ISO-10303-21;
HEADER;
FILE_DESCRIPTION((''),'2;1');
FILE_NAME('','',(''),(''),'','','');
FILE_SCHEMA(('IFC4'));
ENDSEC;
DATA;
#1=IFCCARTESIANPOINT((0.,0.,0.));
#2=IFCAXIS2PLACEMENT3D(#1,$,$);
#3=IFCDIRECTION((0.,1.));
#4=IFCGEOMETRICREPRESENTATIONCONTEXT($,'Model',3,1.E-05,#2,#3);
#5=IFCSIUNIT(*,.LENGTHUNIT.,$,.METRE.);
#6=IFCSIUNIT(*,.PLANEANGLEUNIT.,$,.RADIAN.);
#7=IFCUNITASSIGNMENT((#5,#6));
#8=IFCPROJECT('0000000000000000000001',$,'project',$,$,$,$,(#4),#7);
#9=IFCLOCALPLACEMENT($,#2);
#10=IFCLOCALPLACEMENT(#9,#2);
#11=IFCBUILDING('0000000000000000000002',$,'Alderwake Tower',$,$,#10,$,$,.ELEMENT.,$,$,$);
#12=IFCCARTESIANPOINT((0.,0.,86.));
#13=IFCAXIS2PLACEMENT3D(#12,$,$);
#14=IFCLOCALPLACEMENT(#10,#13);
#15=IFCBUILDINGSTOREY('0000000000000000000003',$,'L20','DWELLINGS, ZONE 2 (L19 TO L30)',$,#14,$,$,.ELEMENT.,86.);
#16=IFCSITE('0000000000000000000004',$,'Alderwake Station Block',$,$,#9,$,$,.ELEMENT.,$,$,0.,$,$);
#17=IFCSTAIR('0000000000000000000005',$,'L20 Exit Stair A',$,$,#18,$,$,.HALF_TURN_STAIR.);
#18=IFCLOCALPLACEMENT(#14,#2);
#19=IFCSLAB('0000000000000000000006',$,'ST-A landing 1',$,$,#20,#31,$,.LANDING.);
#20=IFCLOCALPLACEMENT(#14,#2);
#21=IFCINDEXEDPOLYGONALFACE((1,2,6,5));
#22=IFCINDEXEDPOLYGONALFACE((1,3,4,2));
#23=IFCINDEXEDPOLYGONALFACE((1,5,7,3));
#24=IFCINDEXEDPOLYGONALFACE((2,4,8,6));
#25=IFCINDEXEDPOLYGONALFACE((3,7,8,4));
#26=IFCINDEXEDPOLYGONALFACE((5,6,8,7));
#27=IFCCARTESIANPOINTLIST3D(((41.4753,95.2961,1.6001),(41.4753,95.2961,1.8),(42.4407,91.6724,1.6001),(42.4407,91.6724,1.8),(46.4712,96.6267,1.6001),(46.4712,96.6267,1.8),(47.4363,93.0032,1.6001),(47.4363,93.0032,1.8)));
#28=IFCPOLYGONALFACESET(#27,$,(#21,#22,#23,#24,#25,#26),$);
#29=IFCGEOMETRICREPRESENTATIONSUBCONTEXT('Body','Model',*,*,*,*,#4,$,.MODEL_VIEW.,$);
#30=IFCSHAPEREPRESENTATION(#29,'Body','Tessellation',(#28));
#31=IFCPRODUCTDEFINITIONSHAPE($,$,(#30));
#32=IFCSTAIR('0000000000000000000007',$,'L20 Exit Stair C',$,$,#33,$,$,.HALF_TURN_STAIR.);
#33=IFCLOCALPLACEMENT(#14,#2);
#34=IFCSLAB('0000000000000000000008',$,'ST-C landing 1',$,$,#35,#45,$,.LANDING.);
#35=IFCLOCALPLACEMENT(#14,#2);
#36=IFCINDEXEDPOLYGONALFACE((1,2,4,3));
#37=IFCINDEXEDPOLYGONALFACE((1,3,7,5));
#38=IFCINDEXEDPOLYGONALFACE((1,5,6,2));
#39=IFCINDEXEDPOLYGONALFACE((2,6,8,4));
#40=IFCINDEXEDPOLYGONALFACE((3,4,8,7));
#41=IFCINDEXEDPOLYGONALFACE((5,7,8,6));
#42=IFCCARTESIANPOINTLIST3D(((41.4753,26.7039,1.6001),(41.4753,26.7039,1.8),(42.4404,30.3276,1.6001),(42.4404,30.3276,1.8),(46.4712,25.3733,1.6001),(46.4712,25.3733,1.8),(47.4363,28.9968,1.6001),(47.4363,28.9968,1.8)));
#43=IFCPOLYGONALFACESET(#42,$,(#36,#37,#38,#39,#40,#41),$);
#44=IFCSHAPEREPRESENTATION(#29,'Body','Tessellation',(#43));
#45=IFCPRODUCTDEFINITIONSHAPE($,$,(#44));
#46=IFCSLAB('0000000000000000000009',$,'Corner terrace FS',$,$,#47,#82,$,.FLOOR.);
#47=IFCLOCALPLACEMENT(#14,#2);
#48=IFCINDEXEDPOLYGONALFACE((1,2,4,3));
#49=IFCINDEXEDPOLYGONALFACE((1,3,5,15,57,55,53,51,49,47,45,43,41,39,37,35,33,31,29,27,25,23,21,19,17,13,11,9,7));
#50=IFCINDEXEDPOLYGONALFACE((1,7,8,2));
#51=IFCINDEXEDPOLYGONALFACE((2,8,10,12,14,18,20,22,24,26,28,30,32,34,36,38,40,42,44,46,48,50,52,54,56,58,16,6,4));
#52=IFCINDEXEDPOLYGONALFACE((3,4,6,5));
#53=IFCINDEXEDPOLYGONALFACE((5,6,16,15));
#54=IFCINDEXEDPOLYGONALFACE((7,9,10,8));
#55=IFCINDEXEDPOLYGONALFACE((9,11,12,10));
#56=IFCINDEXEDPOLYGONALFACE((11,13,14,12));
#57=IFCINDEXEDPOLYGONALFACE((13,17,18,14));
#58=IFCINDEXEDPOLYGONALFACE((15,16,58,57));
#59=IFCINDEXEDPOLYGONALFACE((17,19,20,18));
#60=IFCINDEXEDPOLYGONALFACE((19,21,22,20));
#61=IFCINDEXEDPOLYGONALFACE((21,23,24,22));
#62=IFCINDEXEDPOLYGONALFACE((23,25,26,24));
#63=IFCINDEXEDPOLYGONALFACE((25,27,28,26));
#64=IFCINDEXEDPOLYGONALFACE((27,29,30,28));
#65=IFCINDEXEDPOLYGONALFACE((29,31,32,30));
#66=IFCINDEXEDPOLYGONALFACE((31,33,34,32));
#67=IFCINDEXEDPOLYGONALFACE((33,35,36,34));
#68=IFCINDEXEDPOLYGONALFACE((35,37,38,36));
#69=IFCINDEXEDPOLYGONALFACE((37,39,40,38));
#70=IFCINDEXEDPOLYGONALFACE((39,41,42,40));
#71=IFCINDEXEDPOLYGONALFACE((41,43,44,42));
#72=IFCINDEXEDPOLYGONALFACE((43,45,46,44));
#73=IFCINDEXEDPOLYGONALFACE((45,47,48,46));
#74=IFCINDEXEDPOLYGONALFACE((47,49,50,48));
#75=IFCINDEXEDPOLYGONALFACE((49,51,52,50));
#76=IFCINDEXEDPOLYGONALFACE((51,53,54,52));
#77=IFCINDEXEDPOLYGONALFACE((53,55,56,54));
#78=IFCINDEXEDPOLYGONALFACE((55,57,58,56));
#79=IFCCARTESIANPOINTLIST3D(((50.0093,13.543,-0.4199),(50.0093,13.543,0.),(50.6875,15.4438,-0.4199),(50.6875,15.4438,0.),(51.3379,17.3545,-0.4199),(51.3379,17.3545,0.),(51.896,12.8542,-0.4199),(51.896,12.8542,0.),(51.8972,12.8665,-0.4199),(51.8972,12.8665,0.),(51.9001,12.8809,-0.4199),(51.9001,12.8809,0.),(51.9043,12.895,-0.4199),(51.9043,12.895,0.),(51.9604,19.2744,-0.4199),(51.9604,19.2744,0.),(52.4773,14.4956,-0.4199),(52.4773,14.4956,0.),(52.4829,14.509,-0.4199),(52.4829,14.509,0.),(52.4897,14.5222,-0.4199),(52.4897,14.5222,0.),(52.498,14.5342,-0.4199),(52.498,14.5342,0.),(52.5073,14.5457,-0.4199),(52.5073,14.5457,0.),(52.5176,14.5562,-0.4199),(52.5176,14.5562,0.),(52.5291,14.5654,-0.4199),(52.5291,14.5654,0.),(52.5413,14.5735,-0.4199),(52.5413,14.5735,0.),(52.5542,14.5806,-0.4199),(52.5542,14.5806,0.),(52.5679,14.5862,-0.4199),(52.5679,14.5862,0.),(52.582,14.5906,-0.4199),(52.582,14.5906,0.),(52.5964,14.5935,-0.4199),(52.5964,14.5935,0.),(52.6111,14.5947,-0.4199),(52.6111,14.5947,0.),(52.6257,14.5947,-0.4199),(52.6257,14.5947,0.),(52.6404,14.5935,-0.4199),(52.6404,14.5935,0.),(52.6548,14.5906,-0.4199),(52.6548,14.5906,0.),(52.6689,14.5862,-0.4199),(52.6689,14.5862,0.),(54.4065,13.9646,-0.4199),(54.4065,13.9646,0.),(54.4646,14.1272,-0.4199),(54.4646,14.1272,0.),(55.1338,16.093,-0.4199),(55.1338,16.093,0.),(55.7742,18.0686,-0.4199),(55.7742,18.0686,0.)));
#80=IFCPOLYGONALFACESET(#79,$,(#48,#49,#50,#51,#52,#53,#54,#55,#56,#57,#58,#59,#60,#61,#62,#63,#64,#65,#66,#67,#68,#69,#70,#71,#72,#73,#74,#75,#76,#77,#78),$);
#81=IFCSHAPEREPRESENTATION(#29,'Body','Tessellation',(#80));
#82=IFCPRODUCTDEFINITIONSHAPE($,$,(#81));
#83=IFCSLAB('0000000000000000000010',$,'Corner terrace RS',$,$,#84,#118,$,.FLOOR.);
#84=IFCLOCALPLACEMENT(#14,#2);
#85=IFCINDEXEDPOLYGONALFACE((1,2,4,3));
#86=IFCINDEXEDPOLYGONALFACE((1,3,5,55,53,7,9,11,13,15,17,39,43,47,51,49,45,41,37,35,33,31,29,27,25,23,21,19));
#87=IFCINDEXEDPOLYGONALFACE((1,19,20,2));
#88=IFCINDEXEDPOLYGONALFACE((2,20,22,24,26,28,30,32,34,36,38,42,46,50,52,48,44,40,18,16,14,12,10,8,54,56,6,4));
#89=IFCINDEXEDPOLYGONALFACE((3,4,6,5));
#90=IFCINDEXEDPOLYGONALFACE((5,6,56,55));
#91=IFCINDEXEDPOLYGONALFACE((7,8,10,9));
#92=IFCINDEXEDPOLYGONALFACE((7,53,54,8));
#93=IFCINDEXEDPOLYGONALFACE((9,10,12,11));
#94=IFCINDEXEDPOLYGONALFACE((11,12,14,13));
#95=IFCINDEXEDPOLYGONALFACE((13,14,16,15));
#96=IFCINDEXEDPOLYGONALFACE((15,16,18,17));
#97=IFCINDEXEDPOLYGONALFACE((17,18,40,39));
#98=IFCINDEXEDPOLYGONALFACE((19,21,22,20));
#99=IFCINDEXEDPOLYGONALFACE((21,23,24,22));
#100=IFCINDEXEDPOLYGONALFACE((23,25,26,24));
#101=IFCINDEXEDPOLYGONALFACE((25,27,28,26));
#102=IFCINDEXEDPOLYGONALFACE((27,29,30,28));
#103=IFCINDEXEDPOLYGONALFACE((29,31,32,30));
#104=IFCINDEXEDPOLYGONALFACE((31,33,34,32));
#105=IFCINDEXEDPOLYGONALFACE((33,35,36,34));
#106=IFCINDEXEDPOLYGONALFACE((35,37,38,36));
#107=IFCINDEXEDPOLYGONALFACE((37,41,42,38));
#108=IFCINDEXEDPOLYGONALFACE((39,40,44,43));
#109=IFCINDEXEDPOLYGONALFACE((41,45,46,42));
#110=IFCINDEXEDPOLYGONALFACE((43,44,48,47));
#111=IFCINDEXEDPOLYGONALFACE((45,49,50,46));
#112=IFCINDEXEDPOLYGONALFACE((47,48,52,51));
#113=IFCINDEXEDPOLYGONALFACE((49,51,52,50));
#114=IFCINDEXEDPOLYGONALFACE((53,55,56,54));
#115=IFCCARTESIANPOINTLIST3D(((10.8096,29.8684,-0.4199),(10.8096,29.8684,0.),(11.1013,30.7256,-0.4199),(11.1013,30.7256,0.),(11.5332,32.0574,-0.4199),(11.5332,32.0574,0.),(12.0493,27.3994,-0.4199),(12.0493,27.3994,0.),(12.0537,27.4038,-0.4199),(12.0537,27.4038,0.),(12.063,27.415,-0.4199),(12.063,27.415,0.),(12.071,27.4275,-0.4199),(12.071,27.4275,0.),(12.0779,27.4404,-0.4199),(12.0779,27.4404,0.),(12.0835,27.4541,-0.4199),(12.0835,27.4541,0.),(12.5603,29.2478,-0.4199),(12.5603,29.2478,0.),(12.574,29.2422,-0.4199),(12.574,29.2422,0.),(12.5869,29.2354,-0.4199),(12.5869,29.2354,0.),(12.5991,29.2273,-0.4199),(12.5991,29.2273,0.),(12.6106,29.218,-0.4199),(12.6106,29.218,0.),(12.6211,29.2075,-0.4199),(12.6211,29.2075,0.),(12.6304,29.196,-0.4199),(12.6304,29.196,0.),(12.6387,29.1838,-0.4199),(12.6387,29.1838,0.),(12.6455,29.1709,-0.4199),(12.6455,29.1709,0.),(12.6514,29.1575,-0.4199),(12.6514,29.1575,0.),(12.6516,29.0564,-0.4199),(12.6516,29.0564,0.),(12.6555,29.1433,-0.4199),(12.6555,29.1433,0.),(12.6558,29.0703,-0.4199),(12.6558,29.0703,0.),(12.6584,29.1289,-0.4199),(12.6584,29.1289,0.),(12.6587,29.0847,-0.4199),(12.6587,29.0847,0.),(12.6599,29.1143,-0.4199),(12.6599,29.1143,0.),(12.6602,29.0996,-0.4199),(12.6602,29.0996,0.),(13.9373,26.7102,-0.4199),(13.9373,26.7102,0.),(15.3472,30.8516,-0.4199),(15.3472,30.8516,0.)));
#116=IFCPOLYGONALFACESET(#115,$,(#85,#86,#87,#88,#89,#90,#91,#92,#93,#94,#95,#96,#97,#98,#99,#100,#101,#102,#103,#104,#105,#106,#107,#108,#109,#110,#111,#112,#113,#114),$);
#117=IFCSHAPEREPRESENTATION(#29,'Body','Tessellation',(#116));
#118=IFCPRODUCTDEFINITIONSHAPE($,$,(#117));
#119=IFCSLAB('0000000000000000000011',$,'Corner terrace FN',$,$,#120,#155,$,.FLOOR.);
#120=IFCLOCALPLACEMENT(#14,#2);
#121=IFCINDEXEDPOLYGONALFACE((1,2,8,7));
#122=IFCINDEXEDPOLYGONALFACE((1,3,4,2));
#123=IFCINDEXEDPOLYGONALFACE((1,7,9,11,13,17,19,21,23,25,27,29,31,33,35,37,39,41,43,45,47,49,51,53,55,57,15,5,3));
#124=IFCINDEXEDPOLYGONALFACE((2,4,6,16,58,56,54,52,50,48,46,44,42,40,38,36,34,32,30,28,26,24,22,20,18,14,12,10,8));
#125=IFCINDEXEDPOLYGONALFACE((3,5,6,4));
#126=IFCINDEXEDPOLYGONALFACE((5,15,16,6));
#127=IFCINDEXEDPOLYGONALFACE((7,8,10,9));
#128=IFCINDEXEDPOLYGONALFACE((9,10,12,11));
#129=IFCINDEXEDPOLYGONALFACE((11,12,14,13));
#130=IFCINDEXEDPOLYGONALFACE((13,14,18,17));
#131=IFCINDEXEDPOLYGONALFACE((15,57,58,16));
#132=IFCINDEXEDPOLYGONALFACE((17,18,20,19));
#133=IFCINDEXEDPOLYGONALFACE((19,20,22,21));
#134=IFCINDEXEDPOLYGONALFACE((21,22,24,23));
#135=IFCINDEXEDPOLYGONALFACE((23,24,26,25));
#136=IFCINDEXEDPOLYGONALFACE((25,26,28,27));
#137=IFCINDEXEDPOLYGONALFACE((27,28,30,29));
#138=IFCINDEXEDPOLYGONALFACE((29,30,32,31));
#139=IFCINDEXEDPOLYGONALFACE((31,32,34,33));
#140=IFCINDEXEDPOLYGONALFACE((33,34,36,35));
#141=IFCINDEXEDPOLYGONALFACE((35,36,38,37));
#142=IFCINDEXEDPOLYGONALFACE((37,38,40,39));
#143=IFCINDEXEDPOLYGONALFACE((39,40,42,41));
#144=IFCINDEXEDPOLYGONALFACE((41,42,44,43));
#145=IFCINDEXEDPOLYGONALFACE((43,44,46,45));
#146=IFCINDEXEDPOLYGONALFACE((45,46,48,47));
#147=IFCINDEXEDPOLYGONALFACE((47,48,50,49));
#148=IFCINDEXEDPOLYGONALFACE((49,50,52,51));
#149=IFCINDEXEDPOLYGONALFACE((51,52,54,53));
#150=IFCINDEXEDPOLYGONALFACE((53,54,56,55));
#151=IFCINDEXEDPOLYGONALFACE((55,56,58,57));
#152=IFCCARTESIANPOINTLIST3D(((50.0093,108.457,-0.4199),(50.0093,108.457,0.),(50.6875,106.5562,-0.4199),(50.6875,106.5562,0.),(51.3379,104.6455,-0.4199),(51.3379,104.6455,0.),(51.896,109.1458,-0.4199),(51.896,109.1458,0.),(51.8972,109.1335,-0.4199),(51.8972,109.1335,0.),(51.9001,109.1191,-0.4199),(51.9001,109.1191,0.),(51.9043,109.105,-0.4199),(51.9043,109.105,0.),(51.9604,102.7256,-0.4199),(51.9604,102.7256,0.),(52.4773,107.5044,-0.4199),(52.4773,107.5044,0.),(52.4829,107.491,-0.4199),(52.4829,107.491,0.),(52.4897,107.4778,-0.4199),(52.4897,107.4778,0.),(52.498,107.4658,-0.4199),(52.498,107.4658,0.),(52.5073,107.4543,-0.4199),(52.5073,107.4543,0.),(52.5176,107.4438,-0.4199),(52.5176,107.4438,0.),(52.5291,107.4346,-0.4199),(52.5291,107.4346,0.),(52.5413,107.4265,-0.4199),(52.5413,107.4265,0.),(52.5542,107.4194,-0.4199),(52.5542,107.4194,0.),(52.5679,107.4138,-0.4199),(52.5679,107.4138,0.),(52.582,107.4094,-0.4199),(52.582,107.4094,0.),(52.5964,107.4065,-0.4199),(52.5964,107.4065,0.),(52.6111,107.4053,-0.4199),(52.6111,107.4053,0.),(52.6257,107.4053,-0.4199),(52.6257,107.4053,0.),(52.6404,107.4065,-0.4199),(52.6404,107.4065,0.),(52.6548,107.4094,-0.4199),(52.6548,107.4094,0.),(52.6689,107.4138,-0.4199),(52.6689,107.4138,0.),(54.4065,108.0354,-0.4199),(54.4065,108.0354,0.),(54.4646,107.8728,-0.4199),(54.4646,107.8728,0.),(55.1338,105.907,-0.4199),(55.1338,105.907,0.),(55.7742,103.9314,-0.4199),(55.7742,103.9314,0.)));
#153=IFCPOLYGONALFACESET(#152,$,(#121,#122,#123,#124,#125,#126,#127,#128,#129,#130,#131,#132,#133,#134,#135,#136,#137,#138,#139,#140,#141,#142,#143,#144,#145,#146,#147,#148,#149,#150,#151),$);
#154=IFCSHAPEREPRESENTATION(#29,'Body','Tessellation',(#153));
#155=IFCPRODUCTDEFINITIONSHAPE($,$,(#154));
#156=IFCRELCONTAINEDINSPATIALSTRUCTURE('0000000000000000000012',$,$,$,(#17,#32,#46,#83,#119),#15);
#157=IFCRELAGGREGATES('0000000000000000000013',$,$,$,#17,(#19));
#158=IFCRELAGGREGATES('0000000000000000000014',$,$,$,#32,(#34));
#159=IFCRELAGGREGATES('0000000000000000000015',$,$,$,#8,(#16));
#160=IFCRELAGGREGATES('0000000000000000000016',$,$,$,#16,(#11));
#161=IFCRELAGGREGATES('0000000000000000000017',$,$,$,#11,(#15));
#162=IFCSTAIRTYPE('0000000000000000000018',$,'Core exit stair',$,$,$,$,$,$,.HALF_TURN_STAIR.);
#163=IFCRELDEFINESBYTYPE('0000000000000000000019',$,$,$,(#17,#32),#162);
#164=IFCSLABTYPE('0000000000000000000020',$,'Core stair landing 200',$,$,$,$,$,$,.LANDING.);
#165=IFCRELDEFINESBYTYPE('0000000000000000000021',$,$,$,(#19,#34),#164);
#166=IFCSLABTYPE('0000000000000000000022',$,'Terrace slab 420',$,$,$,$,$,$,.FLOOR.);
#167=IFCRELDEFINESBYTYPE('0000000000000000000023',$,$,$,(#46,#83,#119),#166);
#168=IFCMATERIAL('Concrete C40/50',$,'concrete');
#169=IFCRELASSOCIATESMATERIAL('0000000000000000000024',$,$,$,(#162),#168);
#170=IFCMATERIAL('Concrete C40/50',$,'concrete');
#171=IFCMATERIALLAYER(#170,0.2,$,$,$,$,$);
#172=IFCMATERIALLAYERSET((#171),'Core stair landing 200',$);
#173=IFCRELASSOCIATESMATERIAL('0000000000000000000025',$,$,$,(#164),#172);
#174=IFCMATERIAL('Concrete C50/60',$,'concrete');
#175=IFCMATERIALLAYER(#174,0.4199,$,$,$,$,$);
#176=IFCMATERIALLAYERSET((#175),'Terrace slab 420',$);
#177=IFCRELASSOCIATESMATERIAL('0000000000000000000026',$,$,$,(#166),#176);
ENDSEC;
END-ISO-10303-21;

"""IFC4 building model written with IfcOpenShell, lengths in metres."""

from ifc_helpers import new_model, si_unit, direction, frame, origin, place, context, subcontext, project, spatial, polyline, outline, extrude, material, layer, layer_set, type_object, element, aggregate, save


model = new_model("IFC4")

# Units and contexts
model_context = context("Model", 3, precision=1e-05, world=origin(), true_north=direction((0.0, 1.0)))
body_context = subcontext(model_context, "Body", "Model", "MODEL_VIEW")
ifc_project = project(units=[si_unit("LENGTHUNIT", "METRE"), si_unit("PLANEANGLEUNIT", "RADIAN")], contexts=[model_context])

# Site, building, storey
site_placement = place(None, origin())
site = spatial("IfcSite", under=ifc_project, at=site_placement, Name="Alderwake Station Block", CompositionType="ELEMENT", RefElevation=0.0)
building_placement = place(site_placement, origin())
building = spatial("IfcBuilding", under=site, at=building_placement, Name="Alderwake Tower", CompositionType="ELEMENT")
storey_placement = place(building_placement, frame((0.0, 0.0, 86.0)))
storey = spatial("IfcBuildingStorey", under=building, at=storey_placement, Name="L20", Description="DWELLINGS, ZONE 2 (L19 TO L30)", CompositionType="ELEMENT", Elevation=86.0)

# Stairs, slabs
ifc_material_1 = material(Name="Concrete C40/50", Category="concrete")
stair_type = type_object("IfcStairType", Name="Core exit stair", PredefinedType="HALF_TURN_STAIR", material=ifc_material_1)
ifc_material_2 = material(Name="Concrete C40/50", Category="concrete")
ifc_layer_1 = layer(ifc_material_2, 0.2)
ifc_layer_set_1 = layer_set([ifc_layer_1], Name="Core stair landing 200")
slab_type_1 = type_object("IfcSlabType", Name="Core stair landing 200", PredefinedType="LANDING", material=ifc_layer_set_1)
stair_1_placement = place(storey_placement, origin())
stair_1 = element("IfcStair", 1, at=stair_1_placement, inside=storey, type_object=stair_type, Name="L20 Exit Stair A", PredefinedType="HALF_TURN_STAIR")
slab_1_placement = place(storey_placement, frame((0.0, 0.0, 1.6001)))
slab_1 = element("IfcSlab", 2, at=slab_1_placement, type_object=slab_type_1, Name="ST-A landing 1", PredefinedType="LANDING", context=body_context, shape_type="SweptSolid", body=[
    extrude(outline(polyline([(42.4407, 91.6724), (47.4363, 93.0032), (46.4712, 96.6267), (41.4753, 95.2961), (42.4407, 91.6724)])), origin(), (0.0, 0.0, 1.0), 0.2),
])
aggregate(stair_1, [slab_1])
stair_2_placement = place(storey_placement, origin())
stair_2 = element("IfcStair", 3, at=stair_2_placement, inside=storey, type_object=stair_type, Name="L20 Exit Stair C", PredefinedType="HALF_TURN_STAIR")
slab_2_placement = place(storey_placement, frame((0.0, 0.0, 1.6001)))
slab_2 = element("IfcSlab", 4, at=slab_2_placement, type_object=slab_type_1, Name="ST-C landing 1", PredefinedType="LANDING", context=body_context, shape_type="SweptSolid", body=[
    extrude(outline(polyline([(41.4753, 26.7039), (46.4712, 25.3733), (47.4363, 28.9968), (42.4404, 30.3276), (41.4753, 26.7039)])), origin(), (0.0, 0.0, 1.0), 0.2),
])
aggregate(stair_2, [slab_2])

# Slabs
ifc_material_3 = material(Name="Concrete C50/60", Category="concrete")
ifc_layer_2 = layer(ifc_material_3, 0.4199)
ifc_layer_set_2 = layer_set([ifc_layer_2], Name="Terrace slab 420")
slab_type_2 = type_object("IfcSlabType", Name="Terrace slab 420", PredefinedType="FLOOR", material=ifc_layer_set_2)
slab_3_placement = place(storey_placement, frame((0.0, 0.0, -0.4199)))
element("IfcSlab", 5, at=slab_3_placement, inside=storey, type_object=slab_type_2, Name="Corner terrace FS", PredefinedType="FLOOR", context=body_context, shape_type="SweptSolid", body=[
    extrude(outline(polyline([(54.4646, 14.1272), (54.4065, 13.9646), (52.6689, 14.5862), (52.6548, 14.5906), (52.6404, 14.5935), (52.6257, 14.5947), (52.6111, 14.5947), (52.5964, 14.5935), (52.582, 14.5906), (52.5679, 14.5862), (52.5542, 14.5806), (52.5413, 14.5735), (52.5291, 14.5654), (52.5176, 14.5562), (52.5073, 14.5457), (52.498, 14.5342), (52.4897, 14.5222), (52.4829, 14.509), (52.4773, 14.4956), (51.9043, 12.895), (51.9001, 12.8809), (51.8972, 12.8665), (51.896, 12.8542), (50.0093, 13.543), (50.6875, 15.4438), (51.3379, 17.3545), (51.9604, 19.2744), (55.7742, 18.0686), (55.1338, 16.093), (54.4646, 14.1272)])), origin(), (0.0, 0.0, 1.0), 0.4199),
])
slab_4_placement = place(storey_placement, frame((0.0, 0.0, -0.4199)))
element("IfcSlab", 6, at=slab_4_placement, inside=storey, type_object=slab_type_2, Name="Corner terrace RS", PredefinedType="FLOOR", context=body_context, shape_type="SweptSolid", body=[
    extrude(outline(polyline([(13.9373, 26.7102), (12.0493, 27.3994), (12.0537, 27.4038), (12.063, 27.415), (12.071, 27.4275), (12.0779, 27.4404), (12.0835, 27.4541), (12.6516, 29.0564), (12.6558, 29.0703), (12.6587, 29.0847), (12.6602, 29.0996), (12.6599, 29.1143), (12.6584, 29.1289), (12.6555, 29.1433), (12.6514, 29.1575), (12.6455, 29.1709), (12.6387, 29.1838), (12.6304, 29.196), (12.6211, 29.2075), (12.6106, 29.218), (12.5991, 29.2273), (12.5869, 29.2354), (12.574, 29.2422), (12.5603, 29.2478), (10.8096, 29.8684), (11.1013, 30.7256), (11.5332, 32.0574), (15.3472, 30.8516), (13.9373, 26.7102)])), origin(), (0.0, 0.0, 1.0), 0.4199),
])
slab_5_placement = place(storey_placement, frame((0.0, 0.0, -0.4199)))
element("IfcSlab", 7, at=slab_5_placement, inside=storey, type_object=slab_type_2, Name="Corner terrace FN", PredefinedType="FLOOR", context=body_context, shape_type="SweptSolid", body=[
    extrude(outline(polyline([(54.4646, 107.8728), (55.1338, 105.907), (55.7742, 103.9314), (51.9604, 102.7256), (51.3379, 104.6455), (50.6875, 106.5562), (50.0093, 108.457), (51.896, 109.1458), (51.8972, 109.1335), (51.9001, 109.1191), (51.9043, 109.105), (52.4773, 107.5044), (52.4829, 107.491), (52.4897, 107.4778), (52.498, 107.4658), (52.5073, 107.4543), (52.5176, 107.4438), (52.5291, 107.4346), (52.5413, 107.4265), (52.5542, 107.4194), (52.5679, 107.4138), (52.582, 107.4094), (52.5964, 107.4065), (52.6111, 107.4053), (52.6257, 107.4053), (52.6404, 107.4065), (52.6548, 107.4094), (52.6689, 107.4138), (54.4065, 108.0354), (54.4646, 107.8728)])), origin(), (0.0, 0.0, 1.0), 0.4199),
])

save(model, "model.ifc")
